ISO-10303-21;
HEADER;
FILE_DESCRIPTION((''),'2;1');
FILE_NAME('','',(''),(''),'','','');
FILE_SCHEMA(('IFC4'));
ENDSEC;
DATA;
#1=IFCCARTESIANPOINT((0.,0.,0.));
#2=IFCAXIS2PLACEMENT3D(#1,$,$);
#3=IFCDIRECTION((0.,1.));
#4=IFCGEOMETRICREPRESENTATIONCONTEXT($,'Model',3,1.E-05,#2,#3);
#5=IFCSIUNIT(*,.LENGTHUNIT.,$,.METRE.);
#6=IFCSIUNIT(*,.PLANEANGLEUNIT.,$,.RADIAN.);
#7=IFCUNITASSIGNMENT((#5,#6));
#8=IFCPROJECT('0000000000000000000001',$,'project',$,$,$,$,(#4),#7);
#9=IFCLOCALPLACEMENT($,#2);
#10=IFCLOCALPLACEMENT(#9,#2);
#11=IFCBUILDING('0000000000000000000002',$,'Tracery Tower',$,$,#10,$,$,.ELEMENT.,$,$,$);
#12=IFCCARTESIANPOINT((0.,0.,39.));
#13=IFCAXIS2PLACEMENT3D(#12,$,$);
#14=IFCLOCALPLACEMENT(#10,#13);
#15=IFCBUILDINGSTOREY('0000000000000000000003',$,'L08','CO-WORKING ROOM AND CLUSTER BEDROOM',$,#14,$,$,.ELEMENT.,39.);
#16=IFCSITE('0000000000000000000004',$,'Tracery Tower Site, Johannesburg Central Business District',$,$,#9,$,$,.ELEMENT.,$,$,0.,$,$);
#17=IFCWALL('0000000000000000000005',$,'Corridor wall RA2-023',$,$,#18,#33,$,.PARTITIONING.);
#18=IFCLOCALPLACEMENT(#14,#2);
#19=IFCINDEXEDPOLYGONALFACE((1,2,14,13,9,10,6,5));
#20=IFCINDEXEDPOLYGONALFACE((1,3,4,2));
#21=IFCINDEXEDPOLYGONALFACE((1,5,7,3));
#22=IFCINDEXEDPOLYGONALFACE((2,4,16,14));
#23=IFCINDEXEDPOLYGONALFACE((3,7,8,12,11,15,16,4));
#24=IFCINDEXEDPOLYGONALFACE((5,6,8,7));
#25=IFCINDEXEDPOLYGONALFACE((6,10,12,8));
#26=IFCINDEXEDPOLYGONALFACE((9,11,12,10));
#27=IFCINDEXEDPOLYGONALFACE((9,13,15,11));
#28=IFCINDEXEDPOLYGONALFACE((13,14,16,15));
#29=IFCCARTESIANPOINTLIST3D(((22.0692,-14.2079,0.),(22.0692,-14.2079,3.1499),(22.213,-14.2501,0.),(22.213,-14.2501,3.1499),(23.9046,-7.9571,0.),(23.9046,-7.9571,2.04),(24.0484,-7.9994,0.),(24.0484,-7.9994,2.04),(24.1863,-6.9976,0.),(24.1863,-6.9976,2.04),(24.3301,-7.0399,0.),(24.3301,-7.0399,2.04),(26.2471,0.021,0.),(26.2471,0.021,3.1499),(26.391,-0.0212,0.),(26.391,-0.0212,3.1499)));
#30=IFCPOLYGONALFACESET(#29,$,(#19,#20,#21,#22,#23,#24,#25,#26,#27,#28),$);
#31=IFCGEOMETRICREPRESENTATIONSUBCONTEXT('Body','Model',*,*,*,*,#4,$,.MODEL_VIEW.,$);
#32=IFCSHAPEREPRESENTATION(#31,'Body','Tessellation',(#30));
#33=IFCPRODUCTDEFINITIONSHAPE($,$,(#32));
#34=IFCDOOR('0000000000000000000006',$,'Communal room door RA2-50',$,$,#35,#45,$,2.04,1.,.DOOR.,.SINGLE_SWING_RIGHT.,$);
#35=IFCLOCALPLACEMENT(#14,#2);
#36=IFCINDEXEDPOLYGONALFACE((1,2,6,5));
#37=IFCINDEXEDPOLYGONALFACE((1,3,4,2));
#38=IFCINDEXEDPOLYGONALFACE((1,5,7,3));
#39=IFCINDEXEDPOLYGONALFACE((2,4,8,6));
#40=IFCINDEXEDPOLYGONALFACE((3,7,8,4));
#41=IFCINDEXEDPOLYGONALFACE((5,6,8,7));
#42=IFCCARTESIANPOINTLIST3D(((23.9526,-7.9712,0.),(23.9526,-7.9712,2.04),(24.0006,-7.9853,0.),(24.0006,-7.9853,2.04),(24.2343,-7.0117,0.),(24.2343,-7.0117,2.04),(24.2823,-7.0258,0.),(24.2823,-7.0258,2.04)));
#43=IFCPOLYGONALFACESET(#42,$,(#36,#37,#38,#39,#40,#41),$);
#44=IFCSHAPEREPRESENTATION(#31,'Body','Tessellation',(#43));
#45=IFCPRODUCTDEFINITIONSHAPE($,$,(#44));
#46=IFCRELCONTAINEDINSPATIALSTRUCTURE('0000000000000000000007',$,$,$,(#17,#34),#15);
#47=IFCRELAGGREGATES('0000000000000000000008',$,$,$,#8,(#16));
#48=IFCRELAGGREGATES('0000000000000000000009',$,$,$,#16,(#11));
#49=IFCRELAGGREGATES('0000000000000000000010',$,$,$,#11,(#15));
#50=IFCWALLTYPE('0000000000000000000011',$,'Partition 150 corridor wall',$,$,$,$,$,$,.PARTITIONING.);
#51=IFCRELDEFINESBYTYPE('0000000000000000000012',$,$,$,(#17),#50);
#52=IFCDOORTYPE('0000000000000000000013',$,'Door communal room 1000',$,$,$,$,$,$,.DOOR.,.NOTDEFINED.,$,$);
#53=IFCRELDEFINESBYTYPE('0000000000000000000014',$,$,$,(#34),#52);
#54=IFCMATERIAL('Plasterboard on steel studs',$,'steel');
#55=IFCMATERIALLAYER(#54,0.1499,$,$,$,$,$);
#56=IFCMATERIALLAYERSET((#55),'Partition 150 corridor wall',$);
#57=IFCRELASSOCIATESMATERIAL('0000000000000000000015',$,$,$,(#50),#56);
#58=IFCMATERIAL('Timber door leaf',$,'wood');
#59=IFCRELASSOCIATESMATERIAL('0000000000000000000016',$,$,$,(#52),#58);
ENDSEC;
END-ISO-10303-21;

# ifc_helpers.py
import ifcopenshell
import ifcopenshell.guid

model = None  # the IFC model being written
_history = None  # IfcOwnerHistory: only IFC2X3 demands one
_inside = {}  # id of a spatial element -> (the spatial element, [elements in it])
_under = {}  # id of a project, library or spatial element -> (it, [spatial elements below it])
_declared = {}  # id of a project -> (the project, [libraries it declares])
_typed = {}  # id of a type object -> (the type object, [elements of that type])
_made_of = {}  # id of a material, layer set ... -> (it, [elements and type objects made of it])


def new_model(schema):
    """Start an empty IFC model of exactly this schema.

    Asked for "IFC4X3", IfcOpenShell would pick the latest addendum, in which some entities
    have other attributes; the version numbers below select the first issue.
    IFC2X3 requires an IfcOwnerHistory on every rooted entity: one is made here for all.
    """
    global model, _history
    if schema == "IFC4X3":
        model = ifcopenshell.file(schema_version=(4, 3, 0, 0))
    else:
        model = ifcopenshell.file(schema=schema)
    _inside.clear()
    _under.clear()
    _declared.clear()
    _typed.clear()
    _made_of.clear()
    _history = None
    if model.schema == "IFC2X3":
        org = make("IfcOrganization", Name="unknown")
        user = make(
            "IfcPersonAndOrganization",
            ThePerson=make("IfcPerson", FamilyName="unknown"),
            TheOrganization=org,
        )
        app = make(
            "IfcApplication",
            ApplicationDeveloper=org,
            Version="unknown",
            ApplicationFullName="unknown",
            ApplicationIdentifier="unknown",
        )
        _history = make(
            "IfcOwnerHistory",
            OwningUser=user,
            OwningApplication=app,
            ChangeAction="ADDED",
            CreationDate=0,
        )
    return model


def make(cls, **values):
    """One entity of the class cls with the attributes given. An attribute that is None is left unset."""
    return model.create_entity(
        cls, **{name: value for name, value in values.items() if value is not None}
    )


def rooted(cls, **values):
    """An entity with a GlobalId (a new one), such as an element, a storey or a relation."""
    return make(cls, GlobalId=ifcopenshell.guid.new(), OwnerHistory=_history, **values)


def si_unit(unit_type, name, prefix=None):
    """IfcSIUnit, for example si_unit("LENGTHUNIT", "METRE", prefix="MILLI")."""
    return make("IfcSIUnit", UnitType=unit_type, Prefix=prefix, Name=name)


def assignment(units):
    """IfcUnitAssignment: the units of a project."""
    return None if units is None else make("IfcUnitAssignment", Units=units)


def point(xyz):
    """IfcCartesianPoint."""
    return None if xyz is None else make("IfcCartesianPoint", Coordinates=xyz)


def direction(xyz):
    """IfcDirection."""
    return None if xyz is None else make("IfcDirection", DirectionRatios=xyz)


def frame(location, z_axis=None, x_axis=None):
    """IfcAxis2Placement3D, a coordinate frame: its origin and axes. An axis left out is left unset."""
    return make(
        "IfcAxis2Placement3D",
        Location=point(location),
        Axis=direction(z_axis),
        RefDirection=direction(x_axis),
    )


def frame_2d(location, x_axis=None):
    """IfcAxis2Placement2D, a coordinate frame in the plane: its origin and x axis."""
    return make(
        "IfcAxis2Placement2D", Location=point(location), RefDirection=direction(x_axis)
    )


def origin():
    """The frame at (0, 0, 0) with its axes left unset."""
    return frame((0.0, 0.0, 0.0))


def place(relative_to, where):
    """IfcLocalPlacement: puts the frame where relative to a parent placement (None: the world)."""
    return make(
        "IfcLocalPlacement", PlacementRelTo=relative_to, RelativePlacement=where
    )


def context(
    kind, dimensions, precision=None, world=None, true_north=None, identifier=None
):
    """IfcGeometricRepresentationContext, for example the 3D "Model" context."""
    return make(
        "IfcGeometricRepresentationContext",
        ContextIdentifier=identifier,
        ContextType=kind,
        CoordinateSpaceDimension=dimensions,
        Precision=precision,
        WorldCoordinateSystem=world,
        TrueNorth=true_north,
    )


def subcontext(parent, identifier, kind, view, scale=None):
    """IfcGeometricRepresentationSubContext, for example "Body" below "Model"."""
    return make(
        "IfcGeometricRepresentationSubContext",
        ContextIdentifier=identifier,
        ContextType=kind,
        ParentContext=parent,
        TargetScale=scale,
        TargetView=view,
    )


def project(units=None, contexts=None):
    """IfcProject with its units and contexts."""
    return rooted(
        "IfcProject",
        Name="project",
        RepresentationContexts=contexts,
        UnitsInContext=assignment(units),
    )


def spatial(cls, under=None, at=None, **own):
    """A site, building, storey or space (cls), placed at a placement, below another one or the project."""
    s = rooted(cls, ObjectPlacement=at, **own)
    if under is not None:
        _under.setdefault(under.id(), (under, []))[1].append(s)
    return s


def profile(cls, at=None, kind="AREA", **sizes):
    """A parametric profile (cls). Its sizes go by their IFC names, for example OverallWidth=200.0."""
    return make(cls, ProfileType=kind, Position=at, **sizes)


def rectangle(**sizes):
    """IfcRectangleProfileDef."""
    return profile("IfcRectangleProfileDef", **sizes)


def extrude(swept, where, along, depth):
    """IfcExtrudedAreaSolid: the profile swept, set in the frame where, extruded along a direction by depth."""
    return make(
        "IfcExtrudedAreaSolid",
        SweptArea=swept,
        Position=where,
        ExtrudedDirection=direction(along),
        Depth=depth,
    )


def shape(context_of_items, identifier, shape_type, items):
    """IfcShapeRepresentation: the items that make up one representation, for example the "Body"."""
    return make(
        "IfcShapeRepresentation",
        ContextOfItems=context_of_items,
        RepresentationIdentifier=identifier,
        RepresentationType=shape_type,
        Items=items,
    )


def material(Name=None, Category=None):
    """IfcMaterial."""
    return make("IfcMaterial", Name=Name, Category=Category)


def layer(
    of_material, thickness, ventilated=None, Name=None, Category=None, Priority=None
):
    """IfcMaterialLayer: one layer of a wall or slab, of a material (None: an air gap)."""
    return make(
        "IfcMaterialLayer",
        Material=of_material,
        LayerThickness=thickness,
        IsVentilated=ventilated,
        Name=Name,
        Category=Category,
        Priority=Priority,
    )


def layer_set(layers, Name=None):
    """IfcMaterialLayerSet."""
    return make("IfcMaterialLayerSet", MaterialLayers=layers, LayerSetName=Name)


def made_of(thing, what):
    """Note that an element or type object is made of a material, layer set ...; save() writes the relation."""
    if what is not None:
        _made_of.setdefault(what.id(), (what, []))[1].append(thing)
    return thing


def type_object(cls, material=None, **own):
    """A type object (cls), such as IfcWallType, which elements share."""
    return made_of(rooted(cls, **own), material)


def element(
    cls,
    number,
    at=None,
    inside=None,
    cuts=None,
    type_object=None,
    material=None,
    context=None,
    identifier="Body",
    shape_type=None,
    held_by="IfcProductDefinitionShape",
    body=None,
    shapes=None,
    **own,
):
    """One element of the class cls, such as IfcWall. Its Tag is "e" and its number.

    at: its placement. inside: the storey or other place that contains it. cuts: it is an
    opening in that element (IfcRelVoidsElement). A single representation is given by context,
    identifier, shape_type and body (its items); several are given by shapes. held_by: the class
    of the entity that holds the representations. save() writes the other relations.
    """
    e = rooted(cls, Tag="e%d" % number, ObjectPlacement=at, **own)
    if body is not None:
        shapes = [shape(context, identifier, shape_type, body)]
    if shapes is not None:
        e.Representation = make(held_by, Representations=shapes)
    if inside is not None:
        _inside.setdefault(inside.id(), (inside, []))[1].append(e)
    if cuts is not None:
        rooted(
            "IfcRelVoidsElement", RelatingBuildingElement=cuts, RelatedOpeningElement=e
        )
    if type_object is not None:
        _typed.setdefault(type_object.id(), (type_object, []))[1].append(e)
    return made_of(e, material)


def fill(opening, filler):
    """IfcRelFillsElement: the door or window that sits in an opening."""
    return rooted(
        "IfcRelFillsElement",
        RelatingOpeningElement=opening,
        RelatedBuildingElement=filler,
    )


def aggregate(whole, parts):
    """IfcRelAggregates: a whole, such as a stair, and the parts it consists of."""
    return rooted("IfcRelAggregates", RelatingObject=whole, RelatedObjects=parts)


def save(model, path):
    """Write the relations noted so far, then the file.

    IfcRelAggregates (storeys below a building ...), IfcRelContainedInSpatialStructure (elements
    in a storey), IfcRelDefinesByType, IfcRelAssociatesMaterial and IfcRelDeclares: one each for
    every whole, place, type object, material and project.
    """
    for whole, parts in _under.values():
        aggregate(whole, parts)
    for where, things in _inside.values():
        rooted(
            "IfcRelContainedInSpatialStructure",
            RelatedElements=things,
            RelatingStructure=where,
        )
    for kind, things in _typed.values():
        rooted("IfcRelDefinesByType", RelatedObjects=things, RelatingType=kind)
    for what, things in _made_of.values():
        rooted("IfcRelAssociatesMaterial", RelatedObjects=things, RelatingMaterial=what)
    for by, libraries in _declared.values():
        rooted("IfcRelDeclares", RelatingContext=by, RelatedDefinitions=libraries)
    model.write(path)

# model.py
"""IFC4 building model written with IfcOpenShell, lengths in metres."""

from ifc_helpers import new_model, si_unit, direction, frame, frame_2d, origin, place, context, subcontext, project, spatial, rectangle, extrude, material, layer, layer_set, type_object, element, fill, save


model = new_model("IFC4")

# Units and contexts
model_context = context("Model", 3, precision=1e-05, world=origin(), true_north=direction((0.0, 1.0)))
body_context = subcontext(model_context, "Body", "Model", "MODEL_VIEW")
ifc_project = project(units=[si_unit("LENGTHUNIT", "METRE"), si_unit("PLANEANGLEUNIT", "RADIAN")], contexts=[model_context])

# Site, building, storey
site_placement = place(None, origin())
site = spatial("IfcSite", under=ifc_project, at=site_placement, Name="Tracery Tower Site, Johannesburg Central Business District", CompositionType="ELEMENT", RefElevation=0.0)
building_placement = place(site_placement, origin())
building = spatial("IfcBuilding", under=site, at=building_placement, Name="Tracery Tower", CompositionType="ELEMENT")
storey_placement = place(building_placement, frame((0.0, 0.0, 39.0)))
storey = spatial("IfcBuildingStorey", under=building, at=storey_placement, Name="L08", Description="CO-WORKING ROOM AND CLUSTER BEDROOM", CompositionType="ELEMENT", Elevation=39.0)

# Shared definitions
ifc_material_1 = material(Name="Plasterboard on steel studs", Category="steel")
ifc_layer_1 = layer(ifc_material_1, 0.1499)
ifc_layer_set_1 = layer_set([ifc_layer_1], Name="Partition 150 corridor wall")
wall_type_1 = type_object("IfcWallType", Name="Partition 150 corridor wall", PredefinedType="PARTITIONING", material=ifc_layer_set_1)

# Wall, opening, door
wall_1_placement = place(storey_placement, frame((22.1411, -14.229, 0.0), z_axis=(0.0, 0.0, 1.0), x_axis=(0.28173, 0.959494, 0.0)))
wall_1 = element("IfcWall", 1, at=wall_1_placement, inside=storey, type_object=wall_type_1, Name="Corridor wall RA2-023", PredefinedType="PARTITIONING", context=body_context, shape_type="SweptSolid", body=[
    extrude(rectangle(XDim=14.8296, YDim=0.1499, at=frame_2d((7.4148, 0.0))), origin(), (0.0, 0.0, 1.0), 3.1499),
])
opening_1_placement = place(wall_1_placement, frame((6.5146, 0.0, 0.0)))
opening_1 = element("IfcOpeningElement", 2, at=opening_1_placement, cuts=wall_1, PredefinedType="OPENING", context=body_context, shape_type="SweptSolid", body=[
    extrude(rectangle(XDim=1.0, YDim=2.04, at=frame_2d((0.5, 1.02))), frame((0.0, 0.075, 0.0), z_axis=(0.0, -1.0, 0.0), x_axis=(1.0, 0.0, 0.0)), (0.0, 0.0, 1.0), 0.1499),
])
ifc_material_2 = material(Name="Timber door leaf", Category="wood")
door_type = type_object("IfcDoorType", Name="Door communal room 1000", OperationType="NOTDEFINED", PredefinedType="DOOR", material=ifc_material_2)
door_placement = place(opening_1_placement, origin())
door = element("IfcDoor", 3, at=door_placement, inside=storey, type_object=door_type, Name="Communal room door RA2-50", OperationType="SINGLE_SWING_RIGHT", OverallHeight=2.04, OverallWidth=1.0, PredefinedType="DOOR", context=body_context, shape_type="SweptSolid", body=[
    extrude(rectangle(XDim=1.0, YDim=2.04, at=frame_2d((0.5, 1.02))), frame((0.0, 0.0249, 0.0), z_axis=(0.0, -1.0, 0.0), x_axis=(1.0, 0.0, 0.0)), (0.0, 0.0, 1.0), 0.05),
])
fill(opening_1, door)

save(model, "model.ifc")
